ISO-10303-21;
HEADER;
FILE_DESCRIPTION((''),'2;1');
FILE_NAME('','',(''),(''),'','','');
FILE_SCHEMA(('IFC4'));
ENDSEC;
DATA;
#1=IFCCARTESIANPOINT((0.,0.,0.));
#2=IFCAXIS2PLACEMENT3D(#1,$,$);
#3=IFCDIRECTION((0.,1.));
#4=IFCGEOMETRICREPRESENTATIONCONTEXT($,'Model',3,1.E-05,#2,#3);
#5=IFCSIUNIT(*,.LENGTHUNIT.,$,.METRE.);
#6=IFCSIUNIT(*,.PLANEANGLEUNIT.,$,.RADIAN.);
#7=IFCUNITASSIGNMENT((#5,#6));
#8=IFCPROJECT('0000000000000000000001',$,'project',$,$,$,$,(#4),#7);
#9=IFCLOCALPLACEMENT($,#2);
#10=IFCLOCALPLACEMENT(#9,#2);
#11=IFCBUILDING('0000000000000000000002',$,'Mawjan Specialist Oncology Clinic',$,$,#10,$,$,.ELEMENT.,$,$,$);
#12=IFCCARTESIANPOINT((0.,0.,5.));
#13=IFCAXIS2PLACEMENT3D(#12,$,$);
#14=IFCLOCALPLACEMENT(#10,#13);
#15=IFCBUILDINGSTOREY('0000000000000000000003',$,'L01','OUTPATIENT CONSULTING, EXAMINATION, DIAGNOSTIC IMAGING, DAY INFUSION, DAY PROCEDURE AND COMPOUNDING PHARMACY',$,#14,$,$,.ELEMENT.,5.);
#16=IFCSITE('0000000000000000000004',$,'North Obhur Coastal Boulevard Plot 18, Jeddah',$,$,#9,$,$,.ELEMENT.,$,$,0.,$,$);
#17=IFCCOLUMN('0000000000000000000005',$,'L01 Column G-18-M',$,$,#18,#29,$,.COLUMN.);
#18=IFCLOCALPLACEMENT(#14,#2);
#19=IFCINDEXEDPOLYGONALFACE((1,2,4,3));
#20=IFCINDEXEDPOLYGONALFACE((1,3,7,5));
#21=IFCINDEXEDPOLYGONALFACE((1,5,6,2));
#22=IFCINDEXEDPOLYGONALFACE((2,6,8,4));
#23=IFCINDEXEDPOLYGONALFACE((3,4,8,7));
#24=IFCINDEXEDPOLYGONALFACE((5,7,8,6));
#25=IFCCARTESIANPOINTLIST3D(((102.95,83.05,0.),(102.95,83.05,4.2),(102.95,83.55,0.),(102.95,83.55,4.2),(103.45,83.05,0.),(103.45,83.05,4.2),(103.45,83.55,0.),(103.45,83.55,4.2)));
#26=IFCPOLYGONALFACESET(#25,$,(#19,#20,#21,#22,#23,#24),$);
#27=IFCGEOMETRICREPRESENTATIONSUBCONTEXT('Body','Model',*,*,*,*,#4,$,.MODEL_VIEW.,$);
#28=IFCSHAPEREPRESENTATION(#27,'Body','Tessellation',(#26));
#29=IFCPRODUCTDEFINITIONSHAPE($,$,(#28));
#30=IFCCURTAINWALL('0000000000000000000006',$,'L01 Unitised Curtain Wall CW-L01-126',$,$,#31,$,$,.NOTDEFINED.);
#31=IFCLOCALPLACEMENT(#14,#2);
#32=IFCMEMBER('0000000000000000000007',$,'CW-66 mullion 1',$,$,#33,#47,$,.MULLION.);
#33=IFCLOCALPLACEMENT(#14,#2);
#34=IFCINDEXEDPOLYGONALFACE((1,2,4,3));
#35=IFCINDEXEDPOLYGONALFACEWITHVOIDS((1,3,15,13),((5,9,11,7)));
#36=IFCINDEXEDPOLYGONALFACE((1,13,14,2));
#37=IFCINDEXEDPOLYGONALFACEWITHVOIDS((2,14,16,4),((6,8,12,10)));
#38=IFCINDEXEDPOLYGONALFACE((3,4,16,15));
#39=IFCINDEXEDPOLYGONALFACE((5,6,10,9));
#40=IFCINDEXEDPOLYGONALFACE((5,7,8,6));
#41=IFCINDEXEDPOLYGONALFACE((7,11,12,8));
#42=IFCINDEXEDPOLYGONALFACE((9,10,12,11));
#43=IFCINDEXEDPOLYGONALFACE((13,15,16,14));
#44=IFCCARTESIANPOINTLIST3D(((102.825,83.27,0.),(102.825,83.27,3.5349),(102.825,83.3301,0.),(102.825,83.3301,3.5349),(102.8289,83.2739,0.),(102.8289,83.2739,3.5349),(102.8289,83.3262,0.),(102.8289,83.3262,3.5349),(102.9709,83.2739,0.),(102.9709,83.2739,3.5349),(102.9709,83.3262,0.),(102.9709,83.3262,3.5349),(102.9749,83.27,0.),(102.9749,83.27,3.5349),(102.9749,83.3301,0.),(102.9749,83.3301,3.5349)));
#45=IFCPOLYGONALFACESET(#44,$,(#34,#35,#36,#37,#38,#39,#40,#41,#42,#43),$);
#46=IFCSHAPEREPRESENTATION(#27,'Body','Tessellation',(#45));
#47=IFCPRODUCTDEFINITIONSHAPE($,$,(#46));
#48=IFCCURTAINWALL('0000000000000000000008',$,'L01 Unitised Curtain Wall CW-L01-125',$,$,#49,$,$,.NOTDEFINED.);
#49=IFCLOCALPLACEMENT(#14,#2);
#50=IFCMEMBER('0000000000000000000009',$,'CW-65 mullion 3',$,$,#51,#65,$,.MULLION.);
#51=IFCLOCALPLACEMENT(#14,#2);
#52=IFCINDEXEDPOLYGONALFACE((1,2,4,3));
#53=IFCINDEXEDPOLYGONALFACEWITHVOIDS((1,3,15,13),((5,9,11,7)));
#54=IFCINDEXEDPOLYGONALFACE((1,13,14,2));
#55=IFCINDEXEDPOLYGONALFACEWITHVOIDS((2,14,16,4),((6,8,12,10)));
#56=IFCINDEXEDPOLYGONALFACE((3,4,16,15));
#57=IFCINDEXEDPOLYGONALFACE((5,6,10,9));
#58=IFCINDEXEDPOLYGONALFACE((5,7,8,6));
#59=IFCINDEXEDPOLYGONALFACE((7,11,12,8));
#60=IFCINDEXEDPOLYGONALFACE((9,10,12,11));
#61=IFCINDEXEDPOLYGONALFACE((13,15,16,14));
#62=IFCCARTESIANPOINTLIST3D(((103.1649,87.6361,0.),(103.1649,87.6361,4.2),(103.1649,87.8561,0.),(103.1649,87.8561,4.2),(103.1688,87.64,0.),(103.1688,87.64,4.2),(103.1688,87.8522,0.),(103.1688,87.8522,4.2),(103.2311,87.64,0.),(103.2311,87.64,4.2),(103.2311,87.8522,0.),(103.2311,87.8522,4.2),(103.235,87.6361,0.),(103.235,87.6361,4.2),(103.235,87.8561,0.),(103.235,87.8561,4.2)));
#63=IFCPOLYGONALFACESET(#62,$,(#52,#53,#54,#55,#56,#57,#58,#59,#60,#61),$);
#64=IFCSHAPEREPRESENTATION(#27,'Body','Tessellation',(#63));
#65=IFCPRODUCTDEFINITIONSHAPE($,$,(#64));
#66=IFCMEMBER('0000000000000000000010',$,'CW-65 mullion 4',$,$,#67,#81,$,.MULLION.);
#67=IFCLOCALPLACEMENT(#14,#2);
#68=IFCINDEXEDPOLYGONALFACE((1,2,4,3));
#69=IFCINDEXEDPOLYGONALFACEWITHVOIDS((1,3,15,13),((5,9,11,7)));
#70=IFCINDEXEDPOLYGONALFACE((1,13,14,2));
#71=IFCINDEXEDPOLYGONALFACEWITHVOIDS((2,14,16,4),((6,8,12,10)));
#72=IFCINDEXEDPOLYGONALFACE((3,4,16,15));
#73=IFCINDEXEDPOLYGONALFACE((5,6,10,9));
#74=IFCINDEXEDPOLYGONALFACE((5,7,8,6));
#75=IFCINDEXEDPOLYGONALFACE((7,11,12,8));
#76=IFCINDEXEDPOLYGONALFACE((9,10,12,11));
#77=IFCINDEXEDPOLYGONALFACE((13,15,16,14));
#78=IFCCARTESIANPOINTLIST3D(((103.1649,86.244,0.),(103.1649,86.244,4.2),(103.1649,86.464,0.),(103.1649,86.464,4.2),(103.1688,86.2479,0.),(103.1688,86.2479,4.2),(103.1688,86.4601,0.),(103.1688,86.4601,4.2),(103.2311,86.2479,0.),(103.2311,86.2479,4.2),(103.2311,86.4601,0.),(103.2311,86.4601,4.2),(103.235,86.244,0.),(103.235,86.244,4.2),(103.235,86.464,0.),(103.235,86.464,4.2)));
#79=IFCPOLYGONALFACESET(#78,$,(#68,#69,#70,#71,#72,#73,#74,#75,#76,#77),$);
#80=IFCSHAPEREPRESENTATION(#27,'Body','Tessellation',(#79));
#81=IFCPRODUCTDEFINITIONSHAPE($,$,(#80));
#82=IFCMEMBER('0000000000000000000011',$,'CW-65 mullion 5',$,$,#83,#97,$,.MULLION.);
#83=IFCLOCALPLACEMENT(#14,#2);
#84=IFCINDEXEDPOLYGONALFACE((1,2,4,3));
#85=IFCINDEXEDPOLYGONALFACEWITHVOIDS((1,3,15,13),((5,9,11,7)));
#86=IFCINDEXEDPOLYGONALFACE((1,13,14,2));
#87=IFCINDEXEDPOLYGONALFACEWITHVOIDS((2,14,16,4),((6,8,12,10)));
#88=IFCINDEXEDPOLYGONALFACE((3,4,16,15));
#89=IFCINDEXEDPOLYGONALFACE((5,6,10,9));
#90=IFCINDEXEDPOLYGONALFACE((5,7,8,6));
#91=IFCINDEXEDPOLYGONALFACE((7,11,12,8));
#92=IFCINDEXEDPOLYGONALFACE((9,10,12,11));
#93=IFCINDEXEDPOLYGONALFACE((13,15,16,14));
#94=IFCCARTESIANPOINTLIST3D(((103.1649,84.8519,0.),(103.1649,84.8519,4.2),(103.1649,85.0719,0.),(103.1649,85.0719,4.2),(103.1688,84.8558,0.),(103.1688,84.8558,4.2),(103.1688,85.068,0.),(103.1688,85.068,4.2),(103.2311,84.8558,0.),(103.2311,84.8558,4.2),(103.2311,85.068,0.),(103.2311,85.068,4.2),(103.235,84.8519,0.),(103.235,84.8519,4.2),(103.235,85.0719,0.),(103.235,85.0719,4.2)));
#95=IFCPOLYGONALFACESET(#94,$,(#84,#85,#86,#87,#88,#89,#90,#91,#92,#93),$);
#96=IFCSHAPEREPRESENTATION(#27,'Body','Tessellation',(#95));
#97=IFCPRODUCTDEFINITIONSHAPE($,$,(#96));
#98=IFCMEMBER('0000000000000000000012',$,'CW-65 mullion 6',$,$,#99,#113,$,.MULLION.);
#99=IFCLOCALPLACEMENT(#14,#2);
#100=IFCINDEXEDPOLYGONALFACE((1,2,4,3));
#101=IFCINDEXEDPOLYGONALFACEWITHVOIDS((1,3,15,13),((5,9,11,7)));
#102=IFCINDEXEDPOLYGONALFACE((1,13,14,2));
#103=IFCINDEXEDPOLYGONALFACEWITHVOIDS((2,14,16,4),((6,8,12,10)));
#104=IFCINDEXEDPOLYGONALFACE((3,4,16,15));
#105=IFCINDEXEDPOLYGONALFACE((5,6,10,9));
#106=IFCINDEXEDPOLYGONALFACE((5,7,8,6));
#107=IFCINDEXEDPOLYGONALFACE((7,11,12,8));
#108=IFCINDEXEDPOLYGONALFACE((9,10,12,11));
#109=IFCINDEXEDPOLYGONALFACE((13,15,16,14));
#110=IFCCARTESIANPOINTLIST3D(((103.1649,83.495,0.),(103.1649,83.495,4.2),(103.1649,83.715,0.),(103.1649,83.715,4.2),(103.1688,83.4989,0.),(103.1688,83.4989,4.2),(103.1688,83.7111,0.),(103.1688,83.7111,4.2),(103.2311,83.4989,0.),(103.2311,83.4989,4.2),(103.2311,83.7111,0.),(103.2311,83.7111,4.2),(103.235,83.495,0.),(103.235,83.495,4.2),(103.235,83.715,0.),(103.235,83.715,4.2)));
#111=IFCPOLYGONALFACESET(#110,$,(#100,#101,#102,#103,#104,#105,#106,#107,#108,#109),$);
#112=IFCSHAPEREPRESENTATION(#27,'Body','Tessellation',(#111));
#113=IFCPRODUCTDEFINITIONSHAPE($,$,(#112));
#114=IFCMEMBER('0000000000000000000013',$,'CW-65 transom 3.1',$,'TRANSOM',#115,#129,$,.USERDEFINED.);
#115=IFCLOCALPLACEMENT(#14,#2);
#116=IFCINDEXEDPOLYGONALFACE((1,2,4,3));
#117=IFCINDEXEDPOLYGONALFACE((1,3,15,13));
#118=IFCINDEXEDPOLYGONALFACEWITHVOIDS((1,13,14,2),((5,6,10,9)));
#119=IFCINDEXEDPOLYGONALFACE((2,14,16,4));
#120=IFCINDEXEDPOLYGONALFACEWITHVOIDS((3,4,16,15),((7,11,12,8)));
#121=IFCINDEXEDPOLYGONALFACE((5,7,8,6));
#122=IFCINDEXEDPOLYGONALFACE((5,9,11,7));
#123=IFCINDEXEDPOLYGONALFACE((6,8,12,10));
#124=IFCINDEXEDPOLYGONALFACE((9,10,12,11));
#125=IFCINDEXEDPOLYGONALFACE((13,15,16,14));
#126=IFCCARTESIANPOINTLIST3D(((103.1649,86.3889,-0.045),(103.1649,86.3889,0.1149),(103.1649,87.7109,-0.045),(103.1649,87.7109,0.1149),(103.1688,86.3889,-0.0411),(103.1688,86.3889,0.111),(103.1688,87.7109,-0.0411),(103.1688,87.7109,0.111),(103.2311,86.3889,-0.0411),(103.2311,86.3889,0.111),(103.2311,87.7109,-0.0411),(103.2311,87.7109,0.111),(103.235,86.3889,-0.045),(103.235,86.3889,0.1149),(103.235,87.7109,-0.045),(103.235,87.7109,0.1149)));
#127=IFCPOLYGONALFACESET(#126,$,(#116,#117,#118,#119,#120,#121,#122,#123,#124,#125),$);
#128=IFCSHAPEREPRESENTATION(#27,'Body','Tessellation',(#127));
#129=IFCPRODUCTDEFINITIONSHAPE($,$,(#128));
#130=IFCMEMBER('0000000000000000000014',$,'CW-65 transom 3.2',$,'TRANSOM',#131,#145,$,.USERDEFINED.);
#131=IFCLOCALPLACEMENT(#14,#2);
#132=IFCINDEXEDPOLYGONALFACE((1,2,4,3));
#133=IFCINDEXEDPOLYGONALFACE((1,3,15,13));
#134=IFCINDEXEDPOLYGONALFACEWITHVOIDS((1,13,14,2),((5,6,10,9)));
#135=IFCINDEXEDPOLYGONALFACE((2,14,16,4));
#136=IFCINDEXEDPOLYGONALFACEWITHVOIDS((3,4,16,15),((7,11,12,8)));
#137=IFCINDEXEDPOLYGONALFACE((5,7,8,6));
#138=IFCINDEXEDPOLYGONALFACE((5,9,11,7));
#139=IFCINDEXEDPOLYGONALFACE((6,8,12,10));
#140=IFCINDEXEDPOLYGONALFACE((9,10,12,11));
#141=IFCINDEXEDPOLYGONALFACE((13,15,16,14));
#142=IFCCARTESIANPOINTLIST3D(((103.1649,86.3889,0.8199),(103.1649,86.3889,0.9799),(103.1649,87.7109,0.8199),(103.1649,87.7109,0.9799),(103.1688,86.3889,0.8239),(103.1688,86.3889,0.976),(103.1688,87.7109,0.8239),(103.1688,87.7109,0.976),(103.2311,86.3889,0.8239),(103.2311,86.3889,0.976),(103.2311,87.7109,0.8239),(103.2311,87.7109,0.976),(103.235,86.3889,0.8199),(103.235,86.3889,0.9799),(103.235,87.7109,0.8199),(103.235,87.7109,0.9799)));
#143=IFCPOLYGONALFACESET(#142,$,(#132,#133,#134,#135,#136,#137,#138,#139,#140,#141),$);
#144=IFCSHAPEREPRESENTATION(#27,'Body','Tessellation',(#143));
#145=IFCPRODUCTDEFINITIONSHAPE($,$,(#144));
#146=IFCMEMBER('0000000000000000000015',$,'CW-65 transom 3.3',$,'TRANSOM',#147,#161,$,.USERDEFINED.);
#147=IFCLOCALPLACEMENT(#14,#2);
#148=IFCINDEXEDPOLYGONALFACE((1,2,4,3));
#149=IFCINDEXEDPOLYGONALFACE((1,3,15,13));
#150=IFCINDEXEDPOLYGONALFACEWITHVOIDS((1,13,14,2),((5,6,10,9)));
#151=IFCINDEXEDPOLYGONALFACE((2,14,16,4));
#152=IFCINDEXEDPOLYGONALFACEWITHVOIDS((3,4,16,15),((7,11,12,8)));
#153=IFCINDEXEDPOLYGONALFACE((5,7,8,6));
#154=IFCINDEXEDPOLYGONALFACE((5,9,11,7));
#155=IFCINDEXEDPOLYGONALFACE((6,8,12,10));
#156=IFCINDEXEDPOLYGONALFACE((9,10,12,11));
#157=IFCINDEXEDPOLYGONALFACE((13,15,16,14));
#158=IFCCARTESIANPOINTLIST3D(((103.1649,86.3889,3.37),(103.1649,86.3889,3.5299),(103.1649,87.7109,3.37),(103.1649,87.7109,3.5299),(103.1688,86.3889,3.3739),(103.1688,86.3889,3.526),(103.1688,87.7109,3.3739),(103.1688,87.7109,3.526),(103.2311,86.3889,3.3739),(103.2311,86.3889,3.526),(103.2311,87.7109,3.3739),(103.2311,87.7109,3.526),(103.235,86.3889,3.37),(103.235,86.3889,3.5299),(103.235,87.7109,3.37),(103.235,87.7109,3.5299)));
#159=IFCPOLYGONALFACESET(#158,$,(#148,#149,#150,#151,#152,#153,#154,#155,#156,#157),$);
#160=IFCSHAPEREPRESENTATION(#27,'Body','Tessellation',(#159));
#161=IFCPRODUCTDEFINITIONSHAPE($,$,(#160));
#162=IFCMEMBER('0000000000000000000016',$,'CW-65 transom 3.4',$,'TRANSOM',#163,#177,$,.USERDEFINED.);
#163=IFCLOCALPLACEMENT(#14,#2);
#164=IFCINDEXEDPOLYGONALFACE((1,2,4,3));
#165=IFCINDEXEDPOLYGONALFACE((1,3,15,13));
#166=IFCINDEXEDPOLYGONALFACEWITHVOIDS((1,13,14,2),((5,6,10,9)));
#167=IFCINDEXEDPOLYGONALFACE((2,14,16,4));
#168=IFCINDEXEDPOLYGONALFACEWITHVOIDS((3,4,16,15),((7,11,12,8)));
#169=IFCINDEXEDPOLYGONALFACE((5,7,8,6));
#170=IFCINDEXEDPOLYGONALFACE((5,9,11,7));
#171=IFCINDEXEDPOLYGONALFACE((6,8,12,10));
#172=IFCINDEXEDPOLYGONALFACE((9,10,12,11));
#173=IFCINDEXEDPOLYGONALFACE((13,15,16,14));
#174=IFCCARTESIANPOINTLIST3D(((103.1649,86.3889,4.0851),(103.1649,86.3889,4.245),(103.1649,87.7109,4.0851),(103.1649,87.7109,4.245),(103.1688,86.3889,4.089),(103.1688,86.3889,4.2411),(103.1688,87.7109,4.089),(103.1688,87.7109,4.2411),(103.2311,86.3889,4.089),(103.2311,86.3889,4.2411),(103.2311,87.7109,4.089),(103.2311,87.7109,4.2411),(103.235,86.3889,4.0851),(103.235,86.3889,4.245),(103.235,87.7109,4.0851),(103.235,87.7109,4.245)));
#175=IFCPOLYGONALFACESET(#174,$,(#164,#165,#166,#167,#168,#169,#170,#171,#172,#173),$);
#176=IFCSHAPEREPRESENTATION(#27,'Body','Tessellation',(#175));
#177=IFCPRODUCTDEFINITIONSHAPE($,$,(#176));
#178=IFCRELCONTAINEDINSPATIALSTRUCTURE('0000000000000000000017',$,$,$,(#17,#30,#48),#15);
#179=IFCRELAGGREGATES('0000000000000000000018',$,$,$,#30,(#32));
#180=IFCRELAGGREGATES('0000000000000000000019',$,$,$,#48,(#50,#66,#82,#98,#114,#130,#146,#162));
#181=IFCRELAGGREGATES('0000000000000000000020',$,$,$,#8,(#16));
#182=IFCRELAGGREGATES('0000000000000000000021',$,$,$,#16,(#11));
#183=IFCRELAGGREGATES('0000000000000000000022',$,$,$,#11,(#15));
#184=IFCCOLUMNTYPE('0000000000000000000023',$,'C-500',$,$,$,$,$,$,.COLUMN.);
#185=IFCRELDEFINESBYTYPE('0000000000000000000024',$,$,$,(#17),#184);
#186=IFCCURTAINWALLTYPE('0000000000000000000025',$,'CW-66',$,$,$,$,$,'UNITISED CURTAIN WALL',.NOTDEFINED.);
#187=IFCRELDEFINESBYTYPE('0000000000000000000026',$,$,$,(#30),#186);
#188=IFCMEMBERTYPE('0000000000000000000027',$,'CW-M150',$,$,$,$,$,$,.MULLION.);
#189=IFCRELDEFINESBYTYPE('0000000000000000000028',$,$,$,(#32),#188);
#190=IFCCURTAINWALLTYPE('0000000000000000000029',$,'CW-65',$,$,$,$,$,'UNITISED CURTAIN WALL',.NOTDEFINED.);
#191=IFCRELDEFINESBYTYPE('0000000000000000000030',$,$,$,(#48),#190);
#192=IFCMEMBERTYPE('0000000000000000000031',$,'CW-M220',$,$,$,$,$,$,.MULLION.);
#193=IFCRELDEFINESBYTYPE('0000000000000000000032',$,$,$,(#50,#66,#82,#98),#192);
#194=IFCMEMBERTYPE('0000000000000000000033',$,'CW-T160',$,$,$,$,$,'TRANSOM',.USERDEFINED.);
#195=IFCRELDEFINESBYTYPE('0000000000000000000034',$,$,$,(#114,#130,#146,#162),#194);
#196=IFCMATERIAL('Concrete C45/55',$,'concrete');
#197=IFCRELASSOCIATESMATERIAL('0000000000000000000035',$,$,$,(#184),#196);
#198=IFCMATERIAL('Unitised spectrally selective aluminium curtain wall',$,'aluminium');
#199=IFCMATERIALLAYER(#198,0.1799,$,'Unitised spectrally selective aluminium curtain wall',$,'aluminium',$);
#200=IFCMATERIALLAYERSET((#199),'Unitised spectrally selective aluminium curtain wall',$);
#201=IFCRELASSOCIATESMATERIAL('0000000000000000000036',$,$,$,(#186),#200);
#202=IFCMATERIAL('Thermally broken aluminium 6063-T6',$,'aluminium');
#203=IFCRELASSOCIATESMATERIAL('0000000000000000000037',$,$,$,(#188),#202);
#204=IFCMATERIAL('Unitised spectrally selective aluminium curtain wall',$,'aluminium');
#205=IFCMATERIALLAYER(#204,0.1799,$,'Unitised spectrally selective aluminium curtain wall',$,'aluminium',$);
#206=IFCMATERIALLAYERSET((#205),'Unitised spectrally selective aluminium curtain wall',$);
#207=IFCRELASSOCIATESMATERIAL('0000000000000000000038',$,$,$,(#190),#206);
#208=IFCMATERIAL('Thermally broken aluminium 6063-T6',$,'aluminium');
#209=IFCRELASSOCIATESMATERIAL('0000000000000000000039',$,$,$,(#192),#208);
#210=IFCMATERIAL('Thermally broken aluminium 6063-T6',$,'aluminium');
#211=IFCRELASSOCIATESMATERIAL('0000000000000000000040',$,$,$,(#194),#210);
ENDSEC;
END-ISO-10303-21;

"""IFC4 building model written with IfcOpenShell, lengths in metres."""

from ifc_helpers import new_model, si_unit, direction, frame, origin, origin_2d, place, context, subcontext, project, spatial, rectangle, hollow_rectangle, extrude, material, layer, layer_set, material_profile, profile_set, type_object, element, aggregate, save


model = new_model("IFC4")

# Units and contexts
model_context = context("Model", 3, precision=1e-05, world=origin(), true_north=direction((0.0, 1.0)))
body_context = subcontext(model_context, "Body", "Model", "MODEL_VIEW")
ifc_project = project(units=[si_unit("LENGTHUNIT", "METRE"), si_unit("PLANEANGLEUNIT", "RADIAN")], contexts=[model_context])

# Site, building, storey
site_placement = place(None, origin())
site = spatial("IfcSite", under=ifc_project, at=site_placement, Name="North Obhur Coastal Boulevard Plot 18, Jeddah", CompositionType="ELEMENT", RefElevation=0.0)
building_placement = place(site_placement, origin())
building = spatial("IfcBuilding", under=site, at=building_placement, Name="Mawjan Specialist Oncology Clinic", CompositionType="ELEMENT")
storey_placement = place(building_placement, frame((0.0, 0.0, 5.0)))
storey = spatial("IfcBuildingStorey", under=building, at=storey_placement, Name="L01", Description="OUTPATIENT CONSULTING, EXAMINATION, DIAGNOSTIC IMAGING, DAY INFUSION, DAY PROCEDURE AND COMPOUNDING PHARMACY", CompositionType="ELEMENT", Elevation=5.0)

# Column
ifc_material_1 = material(Name="Concrete C45/55", Category="concrete")
ifc_material_profile_1 = material_profile(ifc_material_1, rectangle(XDim=0.5, YDim=0.5, at=origin_2d()), Name="RC COL 500x500", Category="concrete")
ifc_profile_set_1 = profile_set([ifc_material_profile_1], Name="Concrete C45/55")
column_type = type_object("IfcColumnType", Name="C-500", PredefinedType="COLUMN", material=ifc_profile_set_1)
column_placement = place(storey_placement, frame((103.2, 83.3, 0.0), z_axis=(0.0, 0.0, 1.0), x_axis=(1.0, 0.0, 0.0)))
element("IfcColumn", 1, at=column_placement, inside=storey, type_object=column_type, Name="L01 Column G-18-M", PredefinedType="COLUMN", context=body_context, shape_type="SweptSolid", body=[
    extrude(rectangle(XDim=0.5, YDim=0.5, at=origin_2d()), origin(), (0.0, 0.0, 1.0), 4.2),
])

# Curtain wall, member
ifc_material_2 = material(Name="Unitised spectrally selective aluminium curtain wall", Category="aluminium")
ifc_layer_1 = layer(ifc_material_2, 0.1799, Name="Unitised spectrally selective aluminium curtain wall", Category="aluminium")
ifc_layer_set_1 = layer_set([ifc_layer_1], Name="Unitised spectrally selective aluminium curtain wall")
curtain_wall_type_1 = type_object("IfcCurtainWallType", Name="CW-66", ElementType="UNITISED CURTAIN WALL", PredefinedType="NOTDEFINED", material=ifc_layer_set_1)
curtain_wall_1_placement = place(storey_placement, origin())
curtain_wall_1 = element("IfcCurtainWall", 2, at=curtain_wall_1_placement, inside=storey, type_object=curtain_wall_type_1, Name="L01 Unitised Curtain Wall CW-L01-126", PredefinedType="NOTDEFINED")
ifc_material_3 = material(Name="Thermally broken aluminium 6063-T6", Category="aluminium")
ifc_material_profile_2 = material_profile(ifc_material_3, hollow_rectangle(XDim=0.0601, YDim=0.1499, WallThickness=0.0039, at=origin_2d()), Name="ALU MULLION 150x60x4", Category="aluminium")
ifc_profile_set_2 = profile_set([ifc_material_profile_2], Name="Thermally broken aluminium 6063-T6")
member_type_1 = type_object("IfcMemberType", Name="CW-M150", PredefinedType="MULLION", material=ifc_profile_set_2)
member_1_placement = place(storey_placement, frame((102.8999, 83.3, 0.0), z_axis=(0.0, 0.0, 1.0), x_axis=(0.0, -1.0, 0.0)))
member_1 = element("IfcMember", 3, at=member_1_placement, type_object=member_type_1, Name="CW-66 mullion 1", PredefinedType="MULLION", context=body_context, shape_type="SweptSolid", body=[
    extrude(hollow_rectangle(XDim=0.0601, YDim=0.1499, WallThickness=0.0039, at=origin_2d()), origin(), (0.0, 0.0, 1.0), 3.5349),
])
aggregate(curtain_wall_1, [member_1])

# Curtain wall, members
ifc_material_4 = material(Name="Unitised spectrally selective aluminium curtain wall", Category="aluminium")
ifc_layer_2 = layer(ifc_material_4, 0.1799, Name="Unitised spectrally selective aluminium curtain wall", Category="aluminium")
ifc_layer_set_2 = layer_set([ifc_layer_2], Name="Unitised spectrally selective aluminium curtain wall")
curtain_wall_type_2 = type_object("IfcCurtainWallType", Name="CW-65", ElementType="UNITISED CURTAIN WALL", PredefinedType="NOTDEFINED", material=ifc_layer_set_2)
curtain_wall_2_placement = place(storey_placement, origin())
curtain_wall_2 = element("IfcCurtainWall", 4, at=curtain_wall_2_placement, inside=storey, type_object=curtain_wall_type_2, Name="L01 Unitised Curtain Wall CW-L01-125", PredefinedType="NOTDEFINED")
ifc_material_5 = material(Name="Thermally broken aluminium 6063-T6", Category="aluminium")
ifc_material_profile_3 = material_profile(ifc_material_5, hollow_rectangle(XDim=0.0701, YDim=0.22, WallThickness=0.0039, at=origin_2d()), Name="ALU MULLION 220x70x4", Category="aluminium")
ifc_profile_set_3 = profile_set([ifc_material_profile_3], Name="Thermally broken aluminium 6063-T6")
member_type_2 = type_object("IfcMemberType", Name="CW-M220", PredefinedType="MULLION", material=ifc_profile_set_3)
member_2_placement = place(storey_placement, frame((103.2, 87.7461, 0.0), z_axis=(0.0, 0.0, 1.0), x_axis=(1.0, 0.0, 0.0)))
member_2 = element("IfcMember", 5, at=member_2_placement, type_object=member_type_2, Name="CW-65 mullion 3", PredefinedType="MULLION", context=body_context, shape_type="SweptSolid", body=[
    extrude(hollow_rectangle(XDim=0.0701, YDim=0.22, WallThickness=0.0039, at=origin_2d()), origin(), (0.0, 0.0, 1.0), 4.2),
])
member_3_placement = place(storey_placement, frame((103.2, 86.354, 0.0), z_axis=(0.0, 0.0, 1.0), x_axis=(1.0, 0.0, 0.0)))
member_3 = element("IfcMember", 6, at=member_3_placement, type_object=member_type_2, Name="CW-65 mullion 4", PredefinedType="MULLION", context=body_context, shape_type="SweptSolid", body=[
    extrude(hollow_rectangle(XDim=0.0701, YDim=0.22, WallThickness=0.0039, at=origin_2d()), origin(), (0.0, 0.0, 1.0), 4.2),
])
member_4_placement = place(storey_placement, frame((103.2, 84.9619, 0.0), z_axis=(0.0, 0.0, 1.0), x_axis=(1.0, 0.0, 0.0)))
member_4 = element("IfcMember", 7, at=member_4_placement, type_object=member_type_2, Name="CW-65 mullion 5", PredefinedType="MULLION", context=body_context, shape_type="SweptSolid", body=[
    extrude(hollow_rectangle(XDim=0.0701, YDim=0.22, WallThickness=0.0039, at=origin_2d()), origin(), (0.0, 0.0, 1.0), 4.2),
])
member_5_placement = place(storey_placement, frame((103.2, 83.605, 0.0), z_axis=(0.0, 0.0, 1.0), x_axis=(1.0, 0.0, 0.0)))
member_5 = element("IfcMember", 8, at=member_5_placement, type_object=member_type_2, Name="CW-65 mullion 6", PredefinedType="MULLION", context=body_context, shape_type="SweptSolid", body=[
    extrude(hollow_rectangle(XDim=0.0701, YDim=0.22, WallThickness=0.0039, at=origin_2d()), origin(), (0.0, 0.0, 1.0), 4.2),
])
ifc_material_6 = material(Name="Thermally broken aluminium 6063-T6", Category="aluminium")
ifc_material_profile_4 = material_profile(ifc_material_6, hollow_rectangle(XDim=0.0701, YDim=0.1599, WallThickness=0.0039, at=origin_2d()), Name="ALU TRANSOM 160x70x4", Category="aluminium")
ifc_profile_set_4 = profile_set([ifc_material_profile_4], Name="Thermally broken aluminium 6063-T6")
member_type_3 = type_object("IfcMemberType", Name="CW-T160", ElementType="TRANSOM", PredefinedType="USERDEFINED", material=ifc_profile_set_4)
member_6_placement = place(storey_placement, frame((103.2, 87.7109, 0.0349), z_axis=(0.0, -1.0, 0.0), x_axis=(1.0, 0.0, 0.0)))
member_6 = element("IfcMember", 9, at=member_6_placement, type_object=member_type_3, Name="CW-65 transom 3.1", ObjectType="TRANSOM", PredefinedType="USERDEFINED", context=body_context, shape_type="SweptSolid", body=[
    extrude(hollow_rectangle(XDim=0.0701, YDim=0.1599, WallThickness=0.0039, at=origin_2d()), origin(), (0.0, 0.0, 1.0), 1.322),
])
member_7_placement = place(storey_placement, frame((103.2, 87.7109, 0.8999), z_axis=(0.0, -1.0, 0.0), x_axis=(1.0, 0.0, 0.0)))
member_7 = element("IfcMember", 10, at=member_7_placement, type_object=member_type_3, Name="CW-65 transom 3.2", ObjectType="TRANSOM", PredefinedType="USERDEFINED", context=body_context, shape_type="SweptSolid", body=[
    extrude(hollow_rectangle(XDim=0.0701, YDim=0.1599, WallThickness=0.0039, at=origin_2d()), origin(), (0.0, 0.0, 1.0), 1.322),
])
member_8_placement = place(storey_placement, frame((103.2, 87.7109, 3.45), z_axis=(0.0, -1.0, 0.0), x_axis=(1.0, 0.0, 0.0)))
member_8 = element("IfcMember", 11, at=member_8_placement, type_object=member_type_3, Name="CW-65 transom 3.3", ObjectType="TRANSOM", PredefinedType="USERDEFINED", context=body_context, shape_type="SweptSolid", body=[
    extrude(hollow_rectangle(XDim=0.0701, YDim=0.1599, WallThickness=0.0039, at=origin_2d()), origin(), (0.0, 0.0, 1.0), 1.322),
])
member_9_placement = place(storey_placement, frame((103.2, 87.7109, 4.165), z_axis=(0.0, -1.0, 0.0), x_axis=(1.0, 0.0, 0.0)))
member_9 = element("IfcMember", 12, at=member_9_placement, type_object=member_type_3, Name="CW-65 transom 3.4", ObjectType="TRANSOM", PredefinedType="USERDEFINED", context=body_context, shape_type="SweptSolid", body=[
    extrude(hollow_rectangle(XDim=0.0701, YDim=0.1599, WallThickness=0.0039, at=origin_2d()), origin(), (0.0, 0.0, 1.0), 1.322),
])

aggregate(curtain_wall_2, [member_2, member_3, member_4, member_5, member_6, member_7, member_8, member_9])

save(model, "model.ifc")
